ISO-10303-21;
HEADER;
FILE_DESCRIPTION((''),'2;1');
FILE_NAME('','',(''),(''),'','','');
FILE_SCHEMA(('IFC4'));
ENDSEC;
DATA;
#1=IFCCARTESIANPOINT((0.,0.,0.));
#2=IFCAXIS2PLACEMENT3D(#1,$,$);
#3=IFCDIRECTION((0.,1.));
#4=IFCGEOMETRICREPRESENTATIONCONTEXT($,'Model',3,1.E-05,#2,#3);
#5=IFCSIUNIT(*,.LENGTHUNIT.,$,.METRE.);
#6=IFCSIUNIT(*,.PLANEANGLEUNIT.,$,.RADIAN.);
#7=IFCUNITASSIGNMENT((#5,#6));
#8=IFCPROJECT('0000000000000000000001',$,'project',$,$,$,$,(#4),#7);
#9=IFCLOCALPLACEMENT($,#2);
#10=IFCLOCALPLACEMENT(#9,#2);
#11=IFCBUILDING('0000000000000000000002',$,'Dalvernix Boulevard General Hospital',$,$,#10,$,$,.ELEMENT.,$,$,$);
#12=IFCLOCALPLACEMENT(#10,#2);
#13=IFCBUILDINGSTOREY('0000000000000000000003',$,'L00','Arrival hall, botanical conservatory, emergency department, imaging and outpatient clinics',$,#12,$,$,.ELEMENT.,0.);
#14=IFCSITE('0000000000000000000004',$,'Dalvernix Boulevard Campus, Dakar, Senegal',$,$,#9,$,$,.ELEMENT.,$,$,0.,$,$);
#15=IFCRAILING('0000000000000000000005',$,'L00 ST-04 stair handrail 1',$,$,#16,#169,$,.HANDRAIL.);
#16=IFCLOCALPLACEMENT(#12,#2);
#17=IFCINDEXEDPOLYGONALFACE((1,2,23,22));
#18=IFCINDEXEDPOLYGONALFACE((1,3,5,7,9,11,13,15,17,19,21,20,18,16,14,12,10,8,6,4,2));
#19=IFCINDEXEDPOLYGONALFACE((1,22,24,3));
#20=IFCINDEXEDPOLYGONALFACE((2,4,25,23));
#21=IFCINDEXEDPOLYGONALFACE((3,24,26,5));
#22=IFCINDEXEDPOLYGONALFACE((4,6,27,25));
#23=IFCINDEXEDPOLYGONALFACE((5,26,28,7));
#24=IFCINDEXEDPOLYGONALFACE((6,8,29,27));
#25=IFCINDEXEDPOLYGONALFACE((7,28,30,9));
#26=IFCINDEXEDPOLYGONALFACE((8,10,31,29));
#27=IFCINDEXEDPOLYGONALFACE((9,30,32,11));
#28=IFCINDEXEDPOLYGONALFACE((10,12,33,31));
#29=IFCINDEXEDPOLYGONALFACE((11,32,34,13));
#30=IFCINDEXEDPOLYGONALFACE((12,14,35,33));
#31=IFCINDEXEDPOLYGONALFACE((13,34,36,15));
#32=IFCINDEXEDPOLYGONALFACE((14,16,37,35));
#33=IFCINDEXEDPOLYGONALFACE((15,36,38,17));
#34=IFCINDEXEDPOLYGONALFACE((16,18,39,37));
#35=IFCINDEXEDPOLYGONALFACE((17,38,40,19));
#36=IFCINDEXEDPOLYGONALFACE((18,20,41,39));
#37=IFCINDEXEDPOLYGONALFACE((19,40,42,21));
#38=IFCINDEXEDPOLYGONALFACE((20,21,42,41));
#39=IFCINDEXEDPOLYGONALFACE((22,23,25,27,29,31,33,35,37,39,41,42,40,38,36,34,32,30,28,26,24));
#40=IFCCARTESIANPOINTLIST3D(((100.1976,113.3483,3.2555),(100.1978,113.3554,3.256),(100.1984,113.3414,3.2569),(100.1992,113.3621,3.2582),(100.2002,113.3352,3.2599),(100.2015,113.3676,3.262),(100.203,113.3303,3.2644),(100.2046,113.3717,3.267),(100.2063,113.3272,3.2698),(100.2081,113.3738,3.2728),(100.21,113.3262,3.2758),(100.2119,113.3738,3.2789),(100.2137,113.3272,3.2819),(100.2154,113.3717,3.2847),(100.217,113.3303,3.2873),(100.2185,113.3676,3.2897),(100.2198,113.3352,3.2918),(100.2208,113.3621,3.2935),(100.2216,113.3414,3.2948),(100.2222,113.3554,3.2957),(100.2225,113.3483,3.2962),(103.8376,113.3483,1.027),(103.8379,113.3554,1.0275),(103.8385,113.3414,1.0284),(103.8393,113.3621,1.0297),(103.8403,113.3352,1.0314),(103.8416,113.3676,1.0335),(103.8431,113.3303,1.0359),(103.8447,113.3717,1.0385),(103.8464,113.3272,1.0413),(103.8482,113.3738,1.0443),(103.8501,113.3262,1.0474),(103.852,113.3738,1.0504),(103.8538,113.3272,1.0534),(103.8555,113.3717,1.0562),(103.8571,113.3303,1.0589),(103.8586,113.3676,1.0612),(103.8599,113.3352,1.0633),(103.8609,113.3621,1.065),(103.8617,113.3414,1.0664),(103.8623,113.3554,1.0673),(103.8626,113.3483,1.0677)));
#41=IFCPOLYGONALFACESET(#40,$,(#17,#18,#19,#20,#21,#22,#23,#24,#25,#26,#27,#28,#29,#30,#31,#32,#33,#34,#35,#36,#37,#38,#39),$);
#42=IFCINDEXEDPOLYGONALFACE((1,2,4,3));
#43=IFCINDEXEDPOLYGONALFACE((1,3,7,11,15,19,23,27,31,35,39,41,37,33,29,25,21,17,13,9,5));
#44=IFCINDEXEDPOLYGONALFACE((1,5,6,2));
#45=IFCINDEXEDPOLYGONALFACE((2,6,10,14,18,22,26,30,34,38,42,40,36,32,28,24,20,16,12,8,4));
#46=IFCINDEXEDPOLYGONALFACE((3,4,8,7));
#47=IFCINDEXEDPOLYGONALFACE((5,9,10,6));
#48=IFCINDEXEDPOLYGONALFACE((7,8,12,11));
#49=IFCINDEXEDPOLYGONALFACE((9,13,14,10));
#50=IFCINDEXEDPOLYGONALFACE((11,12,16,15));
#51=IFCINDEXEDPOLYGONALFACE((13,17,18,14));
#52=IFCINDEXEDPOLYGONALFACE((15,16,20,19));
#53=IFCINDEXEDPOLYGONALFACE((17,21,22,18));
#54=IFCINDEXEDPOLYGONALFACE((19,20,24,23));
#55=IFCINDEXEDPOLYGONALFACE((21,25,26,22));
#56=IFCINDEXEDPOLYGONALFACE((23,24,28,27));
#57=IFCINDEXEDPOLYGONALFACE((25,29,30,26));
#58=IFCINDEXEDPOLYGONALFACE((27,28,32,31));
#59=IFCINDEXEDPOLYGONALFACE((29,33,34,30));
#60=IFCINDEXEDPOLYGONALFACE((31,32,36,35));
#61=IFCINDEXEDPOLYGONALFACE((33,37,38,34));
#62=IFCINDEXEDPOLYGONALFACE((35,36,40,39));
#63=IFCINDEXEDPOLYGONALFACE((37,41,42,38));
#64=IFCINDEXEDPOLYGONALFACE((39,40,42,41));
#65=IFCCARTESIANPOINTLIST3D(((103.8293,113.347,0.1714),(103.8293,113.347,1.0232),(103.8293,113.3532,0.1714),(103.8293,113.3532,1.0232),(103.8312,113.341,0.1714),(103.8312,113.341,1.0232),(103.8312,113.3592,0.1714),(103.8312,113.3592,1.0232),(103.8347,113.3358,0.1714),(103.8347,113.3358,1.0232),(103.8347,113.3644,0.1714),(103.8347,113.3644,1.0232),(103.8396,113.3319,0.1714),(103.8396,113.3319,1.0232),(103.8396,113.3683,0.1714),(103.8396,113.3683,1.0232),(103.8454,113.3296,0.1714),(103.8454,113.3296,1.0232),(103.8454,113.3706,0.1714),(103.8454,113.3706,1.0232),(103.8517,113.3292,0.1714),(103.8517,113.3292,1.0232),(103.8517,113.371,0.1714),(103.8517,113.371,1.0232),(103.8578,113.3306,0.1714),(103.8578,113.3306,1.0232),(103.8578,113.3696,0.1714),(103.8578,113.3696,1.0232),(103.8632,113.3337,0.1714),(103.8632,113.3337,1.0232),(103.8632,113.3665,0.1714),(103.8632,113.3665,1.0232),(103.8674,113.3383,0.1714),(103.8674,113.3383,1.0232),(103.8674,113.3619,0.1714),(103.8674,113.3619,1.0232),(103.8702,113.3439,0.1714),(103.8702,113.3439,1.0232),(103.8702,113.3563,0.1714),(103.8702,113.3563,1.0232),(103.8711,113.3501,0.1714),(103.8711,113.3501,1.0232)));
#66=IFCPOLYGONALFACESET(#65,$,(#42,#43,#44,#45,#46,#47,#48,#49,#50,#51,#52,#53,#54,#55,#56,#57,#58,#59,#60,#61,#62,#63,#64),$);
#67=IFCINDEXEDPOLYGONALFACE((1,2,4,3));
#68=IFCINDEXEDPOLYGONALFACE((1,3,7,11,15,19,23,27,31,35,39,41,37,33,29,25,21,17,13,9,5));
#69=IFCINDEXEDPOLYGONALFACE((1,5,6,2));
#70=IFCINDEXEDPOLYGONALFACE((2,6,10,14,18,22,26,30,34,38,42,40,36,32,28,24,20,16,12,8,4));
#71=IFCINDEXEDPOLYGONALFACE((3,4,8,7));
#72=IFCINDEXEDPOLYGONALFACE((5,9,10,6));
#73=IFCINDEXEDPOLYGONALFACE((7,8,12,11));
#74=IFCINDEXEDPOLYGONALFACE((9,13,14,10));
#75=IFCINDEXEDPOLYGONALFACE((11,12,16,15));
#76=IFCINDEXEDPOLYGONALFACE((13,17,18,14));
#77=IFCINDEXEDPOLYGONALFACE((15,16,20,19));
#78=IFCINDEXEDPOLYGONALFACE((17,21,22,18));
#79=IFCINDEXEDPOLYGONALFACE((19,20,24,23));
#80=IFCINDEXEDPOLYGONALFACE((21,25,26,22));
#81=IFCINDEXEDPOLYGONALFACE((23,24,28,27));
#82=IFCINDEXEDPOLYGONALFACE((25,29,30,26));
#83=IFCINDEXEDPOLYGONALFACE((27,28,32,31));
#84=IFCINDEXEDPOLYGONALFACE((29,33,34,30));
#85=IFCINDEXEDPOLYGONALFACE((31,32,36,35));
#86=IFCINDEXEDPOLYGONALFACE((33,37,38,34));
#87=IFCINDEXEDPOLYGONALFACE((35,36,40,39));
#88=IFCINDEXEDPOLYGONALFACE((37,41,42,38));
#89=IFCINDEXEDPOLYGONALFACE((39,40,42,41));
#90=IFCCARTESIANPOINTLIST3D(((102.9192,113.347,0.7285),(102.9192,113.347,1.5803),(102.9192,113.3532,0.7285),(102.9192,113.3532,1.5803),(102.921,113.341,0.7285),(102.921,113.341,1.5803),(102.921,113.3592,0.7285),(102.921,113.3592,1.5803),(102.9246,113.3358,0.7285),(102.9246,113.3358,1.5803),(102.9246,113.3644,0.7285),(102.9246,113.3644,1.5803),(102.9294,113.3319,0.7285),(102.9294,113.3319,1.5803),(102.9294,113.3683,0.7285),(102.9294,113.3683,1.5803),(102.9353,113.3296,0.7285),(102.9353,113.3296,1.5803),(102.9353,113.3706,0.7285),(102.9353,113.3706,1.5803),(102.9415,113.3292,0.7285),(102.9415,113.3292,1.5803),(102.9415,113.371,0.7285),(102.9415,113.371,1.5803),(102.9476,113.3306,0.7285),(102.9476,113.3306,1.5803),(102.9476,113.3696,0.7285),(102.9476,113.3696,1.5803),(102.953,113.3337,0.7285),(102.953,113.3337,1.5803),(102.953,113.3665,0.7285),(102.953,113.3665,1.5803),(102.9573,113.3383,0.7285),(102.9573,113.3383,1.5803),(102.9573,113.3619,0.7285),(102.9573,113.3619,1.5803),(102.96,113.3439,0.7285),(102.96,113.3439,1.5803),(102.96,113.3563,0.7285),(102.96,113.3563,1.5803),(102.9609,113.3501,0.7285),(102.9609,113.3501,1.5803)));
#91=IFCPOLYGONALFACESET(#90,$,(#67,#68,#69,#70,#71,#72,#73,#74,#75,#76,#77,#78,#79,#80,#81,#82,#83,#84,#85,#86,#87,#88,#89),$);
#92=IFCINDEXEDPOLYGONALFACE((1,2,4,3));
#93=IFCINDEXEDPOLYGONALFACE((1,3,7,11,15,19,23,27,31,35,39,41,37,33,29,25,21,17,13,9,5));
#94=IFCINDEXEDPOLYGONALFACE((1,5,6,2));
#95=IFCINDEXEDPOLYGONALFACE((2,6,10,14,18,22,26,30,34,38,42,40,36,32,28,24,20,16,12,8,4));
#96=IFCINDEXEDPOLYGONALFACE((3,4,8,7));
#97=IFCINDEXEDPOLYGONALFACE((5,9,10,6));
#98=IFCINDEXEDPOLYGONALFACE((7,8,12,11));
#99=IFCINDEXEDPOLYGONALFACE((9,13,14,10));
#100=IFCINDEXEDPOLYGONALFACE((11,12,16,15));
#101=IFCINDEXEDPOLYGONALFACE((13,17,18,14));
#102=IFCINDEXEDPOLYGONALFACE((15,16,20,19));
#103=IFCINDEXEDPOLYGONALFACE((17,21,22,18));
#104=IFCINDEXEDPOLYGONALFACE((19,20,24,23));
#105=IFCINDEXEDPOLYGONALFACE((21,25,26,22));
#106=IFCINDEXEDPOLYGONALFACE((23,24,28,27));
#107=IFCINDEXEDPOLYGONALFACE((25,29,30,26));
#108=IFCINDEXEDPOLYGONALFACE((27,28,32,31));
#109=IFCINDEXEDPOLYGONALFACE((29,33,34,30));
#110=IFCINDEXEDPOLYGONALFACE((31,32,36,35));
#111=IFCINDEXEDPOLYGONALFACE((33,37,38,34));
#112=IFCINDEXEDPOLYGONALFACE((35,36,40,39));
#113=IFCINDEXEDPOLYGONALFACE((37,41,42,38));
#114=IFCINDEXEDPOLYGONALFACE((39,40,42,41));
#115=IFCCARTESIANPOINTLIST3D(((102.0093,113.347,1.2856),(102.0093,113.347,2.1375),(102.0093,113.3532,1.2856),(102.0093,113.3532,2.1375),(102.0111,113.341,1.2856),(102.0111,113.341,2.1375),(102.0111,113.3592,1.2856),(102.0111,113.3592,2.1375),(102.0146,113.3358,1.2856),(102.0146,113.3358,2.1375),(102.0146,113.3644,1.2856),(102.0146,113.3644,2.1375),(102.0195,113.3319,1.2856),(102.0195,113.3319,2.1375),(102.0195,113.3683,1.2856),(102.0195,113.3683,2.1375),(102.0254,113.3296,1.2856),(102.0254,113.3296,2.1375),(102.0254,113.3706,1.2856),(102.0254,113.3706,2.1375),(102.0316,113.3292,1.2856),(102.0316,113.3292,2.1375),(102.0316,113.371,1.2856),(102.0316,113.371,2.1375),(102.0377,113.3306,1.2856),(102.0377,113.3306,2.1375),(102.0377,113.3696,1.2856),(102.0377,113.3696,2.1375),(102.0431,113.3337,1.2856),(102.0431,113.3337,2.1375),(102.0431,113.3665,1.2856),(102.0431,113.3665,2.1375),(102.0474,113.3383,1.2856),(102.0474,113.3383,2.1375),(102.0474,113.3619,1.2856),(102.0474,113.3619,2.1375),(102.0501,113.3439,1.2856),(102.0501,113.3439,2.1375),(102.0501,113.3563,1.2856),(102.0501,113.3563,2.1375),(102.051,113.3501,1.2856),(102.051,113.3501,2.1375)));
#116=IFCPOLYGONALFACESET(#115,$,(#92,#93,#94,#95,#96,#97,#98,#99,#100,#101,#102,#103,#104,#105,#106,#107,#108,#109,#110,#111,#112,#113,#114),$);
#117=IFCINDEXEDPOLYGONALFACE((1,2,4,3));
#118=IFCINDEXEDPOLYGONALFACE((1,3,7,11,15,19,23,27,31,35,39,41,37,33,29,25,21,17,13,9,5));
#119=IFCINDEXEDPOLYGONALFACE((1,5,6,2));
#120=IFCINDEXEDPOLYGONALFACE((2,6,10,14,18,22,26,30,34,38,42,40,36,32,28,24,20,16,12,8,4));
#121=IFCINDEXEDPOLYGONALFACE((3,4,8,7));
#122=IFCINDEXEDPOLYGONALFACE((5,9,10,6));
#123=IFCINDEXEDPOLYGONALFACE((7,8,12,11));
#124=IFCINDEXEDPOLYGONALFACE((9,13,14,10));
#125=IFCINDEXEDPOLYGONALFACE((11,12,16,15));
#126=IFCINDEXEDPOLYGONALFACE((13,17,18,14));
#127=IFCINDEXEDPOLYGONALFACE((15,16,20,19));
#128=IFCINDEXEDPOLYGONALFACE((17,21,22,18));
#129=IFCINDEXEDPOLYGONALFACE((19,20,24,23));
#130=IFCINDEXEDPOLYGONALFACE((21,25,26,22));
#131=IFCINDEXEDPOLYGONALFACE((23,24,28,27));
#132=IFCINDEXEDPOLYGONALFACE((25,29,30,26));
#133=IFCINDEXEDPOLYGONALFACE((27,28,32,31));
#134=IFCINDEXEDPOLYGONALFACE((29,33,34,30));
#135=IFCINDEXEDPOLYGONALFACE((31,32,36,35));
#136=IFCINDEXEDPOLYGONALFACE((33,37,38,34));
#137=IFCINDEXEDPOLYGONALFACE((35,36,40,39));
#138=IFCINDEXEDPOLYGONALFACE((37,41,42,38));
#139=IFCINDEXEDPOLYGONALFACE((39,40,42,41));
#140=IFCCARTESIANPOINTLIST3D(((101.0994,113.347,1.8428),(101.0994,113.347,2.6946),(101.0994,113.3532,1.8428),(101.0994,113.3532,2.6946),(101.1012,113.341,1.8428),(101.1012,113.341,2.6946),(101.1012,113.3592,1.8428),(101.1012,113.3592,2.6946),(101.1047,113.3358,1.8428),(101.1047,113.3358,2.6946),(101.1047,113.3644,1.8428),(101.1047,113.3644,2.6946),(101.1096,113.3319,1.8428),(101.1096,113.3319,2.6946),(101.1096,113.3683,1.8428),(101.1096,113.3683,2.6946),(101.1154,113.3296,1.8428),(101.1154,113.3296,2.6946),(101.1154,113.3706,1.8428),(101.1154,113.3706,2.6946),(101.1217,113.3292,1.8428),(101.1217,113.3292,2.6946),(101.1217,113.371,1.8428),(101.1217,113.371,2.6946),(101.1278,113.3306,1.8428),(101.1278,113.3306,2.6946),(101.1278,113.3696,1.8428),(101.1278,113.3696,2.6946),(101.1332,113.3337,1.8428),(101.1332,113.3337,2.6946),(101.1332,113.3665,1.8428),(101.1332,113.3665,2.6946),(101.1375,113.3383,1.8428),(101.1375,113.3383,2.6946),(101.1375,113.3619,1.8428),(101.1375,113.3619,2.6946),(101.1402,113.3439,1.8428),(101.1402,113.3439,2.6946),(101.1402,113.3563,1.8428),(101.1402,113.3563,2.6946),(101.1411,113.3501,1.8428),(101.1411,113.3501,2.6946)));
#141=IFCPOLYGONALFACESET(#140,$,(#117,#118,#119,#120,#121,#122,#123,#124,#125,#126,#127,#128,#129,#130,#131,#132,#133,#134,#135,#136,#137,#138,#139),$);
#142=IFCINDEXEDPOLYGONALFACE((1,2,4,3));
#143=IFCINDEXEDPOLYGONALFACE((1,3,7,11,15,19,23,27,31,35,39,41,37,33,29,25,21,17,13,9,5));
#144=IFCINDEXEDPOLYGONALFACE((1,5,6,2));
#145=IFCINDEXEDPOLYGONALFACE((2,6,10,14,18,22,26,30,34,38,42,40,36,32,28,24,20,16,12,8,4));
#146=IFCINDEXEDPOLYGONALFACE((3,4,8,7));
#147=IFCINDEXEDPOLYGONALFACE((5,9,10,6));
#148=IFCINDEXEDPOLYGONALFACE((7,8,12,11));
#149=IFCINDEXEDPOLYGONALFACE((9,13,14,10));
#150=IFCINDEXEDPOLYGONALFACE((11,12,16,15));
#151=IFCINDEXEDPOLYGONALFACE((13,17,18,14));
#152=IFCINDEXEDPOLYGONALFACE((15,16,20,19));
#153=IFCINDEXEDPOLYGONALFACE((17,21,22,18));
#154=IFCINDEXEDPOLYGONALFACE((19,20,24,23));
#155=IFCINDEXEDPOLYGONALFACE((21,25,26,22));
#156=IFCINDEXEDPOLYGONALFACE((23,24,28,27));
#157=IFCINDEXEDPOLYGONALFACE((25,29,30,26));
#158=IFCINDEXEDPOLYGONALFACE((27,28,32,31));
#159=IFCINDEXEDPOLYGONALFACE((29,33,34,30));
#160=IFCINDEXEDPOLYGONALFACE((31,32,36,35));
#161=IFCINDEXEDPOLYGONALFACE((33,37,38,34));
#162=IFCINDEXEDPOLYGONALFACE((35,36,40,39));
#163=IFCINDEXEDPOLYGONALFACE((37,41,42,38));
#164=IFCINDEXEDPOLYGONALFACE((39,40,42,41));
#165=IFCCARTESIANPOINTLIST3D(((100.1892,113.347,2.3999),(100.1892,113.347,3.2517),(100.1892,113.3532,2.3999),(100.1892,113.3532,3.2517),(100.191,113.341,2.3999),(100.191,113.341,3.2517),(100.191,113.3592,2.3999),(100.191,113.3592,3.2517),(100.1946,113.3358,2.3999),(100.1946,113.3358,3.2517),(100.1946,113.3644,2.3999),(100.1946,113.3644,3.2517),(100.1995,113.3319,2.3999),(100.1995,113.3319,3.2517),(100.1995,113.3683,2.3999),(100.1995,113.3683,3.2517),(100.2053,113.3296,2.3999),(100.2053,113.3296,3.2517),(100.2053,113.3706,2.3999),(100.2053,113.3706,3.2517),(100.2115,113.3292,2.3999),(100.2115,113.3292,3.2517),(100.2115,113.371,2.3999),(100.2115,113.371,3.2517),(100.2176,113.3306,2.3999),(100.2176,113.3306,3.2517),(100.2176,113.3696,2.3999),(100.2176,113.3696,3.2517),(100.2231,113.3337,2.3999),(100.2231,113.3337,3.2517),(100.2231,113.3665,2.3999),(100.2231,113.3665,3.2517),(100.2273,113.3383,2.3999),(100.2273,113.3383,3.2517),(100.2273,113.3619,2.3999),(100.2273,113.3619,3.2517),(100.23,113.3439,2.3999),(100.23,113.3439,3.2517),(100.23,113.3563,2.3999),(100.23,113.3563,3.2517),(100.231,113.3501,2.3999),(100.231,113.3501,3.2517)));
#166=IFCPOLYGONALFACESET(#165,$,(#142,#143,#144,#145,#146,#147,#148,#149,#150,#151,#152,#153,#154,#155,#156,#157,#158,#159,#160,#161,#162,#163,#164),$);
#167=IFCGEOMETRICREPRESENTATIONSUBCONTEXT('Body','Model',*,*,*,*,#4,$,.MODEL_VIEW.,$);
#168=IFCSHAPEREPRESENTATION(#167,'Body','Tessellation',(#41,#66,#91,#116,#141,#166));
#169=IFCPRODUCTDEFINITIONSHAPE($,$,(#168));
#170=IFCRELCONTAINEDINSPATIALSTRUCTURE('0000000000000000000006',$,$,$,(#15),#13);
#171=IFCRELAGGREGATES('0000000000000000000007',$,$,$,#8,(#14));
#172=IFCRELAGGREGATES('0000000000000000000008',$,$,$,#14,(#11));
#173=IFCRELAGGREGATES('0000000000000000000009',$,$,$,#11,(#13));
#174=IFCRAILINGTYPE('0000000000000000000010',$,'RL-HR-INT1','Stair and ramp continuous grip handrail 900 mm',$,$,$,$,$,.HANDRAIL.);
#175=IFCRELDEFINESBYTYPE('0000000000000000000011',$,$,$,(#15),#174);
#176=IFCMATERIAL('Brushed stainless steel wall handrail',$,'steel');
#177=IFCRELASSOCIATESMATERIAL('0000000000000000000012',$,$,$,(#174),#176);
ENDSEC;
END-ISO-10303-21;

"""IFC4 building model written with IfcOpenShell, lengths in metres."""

from ifc_helpers import new_model, si_unit, direction, frame, origin, origin_2d, place, context, subcontext, project, spatial, circle, extrude, material, type_object, element, save


model = new_model("IFC4")

# Units and contexts
model_context = context("Model", 3, precision=1e-05, world=origin(), true_north=direction((0.0, 1.0)))
body_context = subcontext(model_context, "Body", "Model", "MODEL_VIEW")
ifc_project = project(units=[si_unit("LENGTHUNIT", "METRE"), si_unit("PLANEANGLEUNIT", "RADIAN")], contexts=[model_context])

# Site, building, storey
site_placement = place(None, origin())
site = spatial("IfcSite", under=ifc_project, at=site_placement, Name="Dalvernix Boulevard Campus, Dakar, Senegal", CompositionType="ELEMENT", RefElevation=0.0)
building_placement = place(site_placement, origin())
building = spatial("IfcBuilding", under=site, at=building_placement, Name="Dalvernix Boulevard General Hospital", CompositionType="ELEMENT")
storey_placement = place(building_placement, origin())
storey = spatial("IfcBuildingStorey", under=building, at=storey_placement, Name="L00", Description="Arrival hall, botanical conservatory, emergency department, imaging and outpatient clinics", CompositionType="ELEMENT", Elevation=0.0)

# Railing
ifc_material_1 = material(Name="Brushed stainless steel wall handrail", Category="steel")
railing_type_1 = type_object("IfcRailingType", Name="RL-HR-INT1", Description="Stair and ramp continuous grip handrail 900 mm", PredefinedType="HANDRAIL", material=ifc_material_1)
railing_1_placement = place(storey_placement, frame((103.8501, 113.3501, 0.1714)))
element("IfcRailing", 1, at=railing_1_placement, inside=storey, type_object=railing_type_1, Name="L00 ST-04 stair handrail 1", PredefinedType="HANDRAIL", context=body_context, shape_type="SweptSolid", body=[
    extrude(circle(Radius=0.0239, at=origin_2d()), frame((0.0, 0.0, 0.876), z_axis=(-0.852866, 0.0, 0.52213), x_axis=(0.0, -1.0, 0.0)), (0.0, 0.0, 1.0), 4.2681),
    extrude(circle(Radius=0.021, at=origin_2d()), origin(), (0.0, 0.0, 1.0), 0.8518),
    extrude(circle(Radius=0.021, at=origin_2d()), frame((-0.9102, 0.0, 0.5571)), (0.0, 0.0, 1.0), 0.8518),
    extrude(circle(Radius=0.021, at=origin_2d()), frame((-1.8201, 0.0, 1.1143)), (0.0, 0.0, 1.0), 0.8518),
    extrude(circle(Radius=0.021, at=origin_2d()), frame((-2.73, 0.0, 1.6714)), (0.0, 0.0, 1.0), 0.8518),
    extrude(circle(Radius=0.021, at=origin_2d()), frame((-3.6401, 0.0, 2.2285)), (0.0, 0.0, 1.0), 0.8518),
])

save(model, "model.ifc")
